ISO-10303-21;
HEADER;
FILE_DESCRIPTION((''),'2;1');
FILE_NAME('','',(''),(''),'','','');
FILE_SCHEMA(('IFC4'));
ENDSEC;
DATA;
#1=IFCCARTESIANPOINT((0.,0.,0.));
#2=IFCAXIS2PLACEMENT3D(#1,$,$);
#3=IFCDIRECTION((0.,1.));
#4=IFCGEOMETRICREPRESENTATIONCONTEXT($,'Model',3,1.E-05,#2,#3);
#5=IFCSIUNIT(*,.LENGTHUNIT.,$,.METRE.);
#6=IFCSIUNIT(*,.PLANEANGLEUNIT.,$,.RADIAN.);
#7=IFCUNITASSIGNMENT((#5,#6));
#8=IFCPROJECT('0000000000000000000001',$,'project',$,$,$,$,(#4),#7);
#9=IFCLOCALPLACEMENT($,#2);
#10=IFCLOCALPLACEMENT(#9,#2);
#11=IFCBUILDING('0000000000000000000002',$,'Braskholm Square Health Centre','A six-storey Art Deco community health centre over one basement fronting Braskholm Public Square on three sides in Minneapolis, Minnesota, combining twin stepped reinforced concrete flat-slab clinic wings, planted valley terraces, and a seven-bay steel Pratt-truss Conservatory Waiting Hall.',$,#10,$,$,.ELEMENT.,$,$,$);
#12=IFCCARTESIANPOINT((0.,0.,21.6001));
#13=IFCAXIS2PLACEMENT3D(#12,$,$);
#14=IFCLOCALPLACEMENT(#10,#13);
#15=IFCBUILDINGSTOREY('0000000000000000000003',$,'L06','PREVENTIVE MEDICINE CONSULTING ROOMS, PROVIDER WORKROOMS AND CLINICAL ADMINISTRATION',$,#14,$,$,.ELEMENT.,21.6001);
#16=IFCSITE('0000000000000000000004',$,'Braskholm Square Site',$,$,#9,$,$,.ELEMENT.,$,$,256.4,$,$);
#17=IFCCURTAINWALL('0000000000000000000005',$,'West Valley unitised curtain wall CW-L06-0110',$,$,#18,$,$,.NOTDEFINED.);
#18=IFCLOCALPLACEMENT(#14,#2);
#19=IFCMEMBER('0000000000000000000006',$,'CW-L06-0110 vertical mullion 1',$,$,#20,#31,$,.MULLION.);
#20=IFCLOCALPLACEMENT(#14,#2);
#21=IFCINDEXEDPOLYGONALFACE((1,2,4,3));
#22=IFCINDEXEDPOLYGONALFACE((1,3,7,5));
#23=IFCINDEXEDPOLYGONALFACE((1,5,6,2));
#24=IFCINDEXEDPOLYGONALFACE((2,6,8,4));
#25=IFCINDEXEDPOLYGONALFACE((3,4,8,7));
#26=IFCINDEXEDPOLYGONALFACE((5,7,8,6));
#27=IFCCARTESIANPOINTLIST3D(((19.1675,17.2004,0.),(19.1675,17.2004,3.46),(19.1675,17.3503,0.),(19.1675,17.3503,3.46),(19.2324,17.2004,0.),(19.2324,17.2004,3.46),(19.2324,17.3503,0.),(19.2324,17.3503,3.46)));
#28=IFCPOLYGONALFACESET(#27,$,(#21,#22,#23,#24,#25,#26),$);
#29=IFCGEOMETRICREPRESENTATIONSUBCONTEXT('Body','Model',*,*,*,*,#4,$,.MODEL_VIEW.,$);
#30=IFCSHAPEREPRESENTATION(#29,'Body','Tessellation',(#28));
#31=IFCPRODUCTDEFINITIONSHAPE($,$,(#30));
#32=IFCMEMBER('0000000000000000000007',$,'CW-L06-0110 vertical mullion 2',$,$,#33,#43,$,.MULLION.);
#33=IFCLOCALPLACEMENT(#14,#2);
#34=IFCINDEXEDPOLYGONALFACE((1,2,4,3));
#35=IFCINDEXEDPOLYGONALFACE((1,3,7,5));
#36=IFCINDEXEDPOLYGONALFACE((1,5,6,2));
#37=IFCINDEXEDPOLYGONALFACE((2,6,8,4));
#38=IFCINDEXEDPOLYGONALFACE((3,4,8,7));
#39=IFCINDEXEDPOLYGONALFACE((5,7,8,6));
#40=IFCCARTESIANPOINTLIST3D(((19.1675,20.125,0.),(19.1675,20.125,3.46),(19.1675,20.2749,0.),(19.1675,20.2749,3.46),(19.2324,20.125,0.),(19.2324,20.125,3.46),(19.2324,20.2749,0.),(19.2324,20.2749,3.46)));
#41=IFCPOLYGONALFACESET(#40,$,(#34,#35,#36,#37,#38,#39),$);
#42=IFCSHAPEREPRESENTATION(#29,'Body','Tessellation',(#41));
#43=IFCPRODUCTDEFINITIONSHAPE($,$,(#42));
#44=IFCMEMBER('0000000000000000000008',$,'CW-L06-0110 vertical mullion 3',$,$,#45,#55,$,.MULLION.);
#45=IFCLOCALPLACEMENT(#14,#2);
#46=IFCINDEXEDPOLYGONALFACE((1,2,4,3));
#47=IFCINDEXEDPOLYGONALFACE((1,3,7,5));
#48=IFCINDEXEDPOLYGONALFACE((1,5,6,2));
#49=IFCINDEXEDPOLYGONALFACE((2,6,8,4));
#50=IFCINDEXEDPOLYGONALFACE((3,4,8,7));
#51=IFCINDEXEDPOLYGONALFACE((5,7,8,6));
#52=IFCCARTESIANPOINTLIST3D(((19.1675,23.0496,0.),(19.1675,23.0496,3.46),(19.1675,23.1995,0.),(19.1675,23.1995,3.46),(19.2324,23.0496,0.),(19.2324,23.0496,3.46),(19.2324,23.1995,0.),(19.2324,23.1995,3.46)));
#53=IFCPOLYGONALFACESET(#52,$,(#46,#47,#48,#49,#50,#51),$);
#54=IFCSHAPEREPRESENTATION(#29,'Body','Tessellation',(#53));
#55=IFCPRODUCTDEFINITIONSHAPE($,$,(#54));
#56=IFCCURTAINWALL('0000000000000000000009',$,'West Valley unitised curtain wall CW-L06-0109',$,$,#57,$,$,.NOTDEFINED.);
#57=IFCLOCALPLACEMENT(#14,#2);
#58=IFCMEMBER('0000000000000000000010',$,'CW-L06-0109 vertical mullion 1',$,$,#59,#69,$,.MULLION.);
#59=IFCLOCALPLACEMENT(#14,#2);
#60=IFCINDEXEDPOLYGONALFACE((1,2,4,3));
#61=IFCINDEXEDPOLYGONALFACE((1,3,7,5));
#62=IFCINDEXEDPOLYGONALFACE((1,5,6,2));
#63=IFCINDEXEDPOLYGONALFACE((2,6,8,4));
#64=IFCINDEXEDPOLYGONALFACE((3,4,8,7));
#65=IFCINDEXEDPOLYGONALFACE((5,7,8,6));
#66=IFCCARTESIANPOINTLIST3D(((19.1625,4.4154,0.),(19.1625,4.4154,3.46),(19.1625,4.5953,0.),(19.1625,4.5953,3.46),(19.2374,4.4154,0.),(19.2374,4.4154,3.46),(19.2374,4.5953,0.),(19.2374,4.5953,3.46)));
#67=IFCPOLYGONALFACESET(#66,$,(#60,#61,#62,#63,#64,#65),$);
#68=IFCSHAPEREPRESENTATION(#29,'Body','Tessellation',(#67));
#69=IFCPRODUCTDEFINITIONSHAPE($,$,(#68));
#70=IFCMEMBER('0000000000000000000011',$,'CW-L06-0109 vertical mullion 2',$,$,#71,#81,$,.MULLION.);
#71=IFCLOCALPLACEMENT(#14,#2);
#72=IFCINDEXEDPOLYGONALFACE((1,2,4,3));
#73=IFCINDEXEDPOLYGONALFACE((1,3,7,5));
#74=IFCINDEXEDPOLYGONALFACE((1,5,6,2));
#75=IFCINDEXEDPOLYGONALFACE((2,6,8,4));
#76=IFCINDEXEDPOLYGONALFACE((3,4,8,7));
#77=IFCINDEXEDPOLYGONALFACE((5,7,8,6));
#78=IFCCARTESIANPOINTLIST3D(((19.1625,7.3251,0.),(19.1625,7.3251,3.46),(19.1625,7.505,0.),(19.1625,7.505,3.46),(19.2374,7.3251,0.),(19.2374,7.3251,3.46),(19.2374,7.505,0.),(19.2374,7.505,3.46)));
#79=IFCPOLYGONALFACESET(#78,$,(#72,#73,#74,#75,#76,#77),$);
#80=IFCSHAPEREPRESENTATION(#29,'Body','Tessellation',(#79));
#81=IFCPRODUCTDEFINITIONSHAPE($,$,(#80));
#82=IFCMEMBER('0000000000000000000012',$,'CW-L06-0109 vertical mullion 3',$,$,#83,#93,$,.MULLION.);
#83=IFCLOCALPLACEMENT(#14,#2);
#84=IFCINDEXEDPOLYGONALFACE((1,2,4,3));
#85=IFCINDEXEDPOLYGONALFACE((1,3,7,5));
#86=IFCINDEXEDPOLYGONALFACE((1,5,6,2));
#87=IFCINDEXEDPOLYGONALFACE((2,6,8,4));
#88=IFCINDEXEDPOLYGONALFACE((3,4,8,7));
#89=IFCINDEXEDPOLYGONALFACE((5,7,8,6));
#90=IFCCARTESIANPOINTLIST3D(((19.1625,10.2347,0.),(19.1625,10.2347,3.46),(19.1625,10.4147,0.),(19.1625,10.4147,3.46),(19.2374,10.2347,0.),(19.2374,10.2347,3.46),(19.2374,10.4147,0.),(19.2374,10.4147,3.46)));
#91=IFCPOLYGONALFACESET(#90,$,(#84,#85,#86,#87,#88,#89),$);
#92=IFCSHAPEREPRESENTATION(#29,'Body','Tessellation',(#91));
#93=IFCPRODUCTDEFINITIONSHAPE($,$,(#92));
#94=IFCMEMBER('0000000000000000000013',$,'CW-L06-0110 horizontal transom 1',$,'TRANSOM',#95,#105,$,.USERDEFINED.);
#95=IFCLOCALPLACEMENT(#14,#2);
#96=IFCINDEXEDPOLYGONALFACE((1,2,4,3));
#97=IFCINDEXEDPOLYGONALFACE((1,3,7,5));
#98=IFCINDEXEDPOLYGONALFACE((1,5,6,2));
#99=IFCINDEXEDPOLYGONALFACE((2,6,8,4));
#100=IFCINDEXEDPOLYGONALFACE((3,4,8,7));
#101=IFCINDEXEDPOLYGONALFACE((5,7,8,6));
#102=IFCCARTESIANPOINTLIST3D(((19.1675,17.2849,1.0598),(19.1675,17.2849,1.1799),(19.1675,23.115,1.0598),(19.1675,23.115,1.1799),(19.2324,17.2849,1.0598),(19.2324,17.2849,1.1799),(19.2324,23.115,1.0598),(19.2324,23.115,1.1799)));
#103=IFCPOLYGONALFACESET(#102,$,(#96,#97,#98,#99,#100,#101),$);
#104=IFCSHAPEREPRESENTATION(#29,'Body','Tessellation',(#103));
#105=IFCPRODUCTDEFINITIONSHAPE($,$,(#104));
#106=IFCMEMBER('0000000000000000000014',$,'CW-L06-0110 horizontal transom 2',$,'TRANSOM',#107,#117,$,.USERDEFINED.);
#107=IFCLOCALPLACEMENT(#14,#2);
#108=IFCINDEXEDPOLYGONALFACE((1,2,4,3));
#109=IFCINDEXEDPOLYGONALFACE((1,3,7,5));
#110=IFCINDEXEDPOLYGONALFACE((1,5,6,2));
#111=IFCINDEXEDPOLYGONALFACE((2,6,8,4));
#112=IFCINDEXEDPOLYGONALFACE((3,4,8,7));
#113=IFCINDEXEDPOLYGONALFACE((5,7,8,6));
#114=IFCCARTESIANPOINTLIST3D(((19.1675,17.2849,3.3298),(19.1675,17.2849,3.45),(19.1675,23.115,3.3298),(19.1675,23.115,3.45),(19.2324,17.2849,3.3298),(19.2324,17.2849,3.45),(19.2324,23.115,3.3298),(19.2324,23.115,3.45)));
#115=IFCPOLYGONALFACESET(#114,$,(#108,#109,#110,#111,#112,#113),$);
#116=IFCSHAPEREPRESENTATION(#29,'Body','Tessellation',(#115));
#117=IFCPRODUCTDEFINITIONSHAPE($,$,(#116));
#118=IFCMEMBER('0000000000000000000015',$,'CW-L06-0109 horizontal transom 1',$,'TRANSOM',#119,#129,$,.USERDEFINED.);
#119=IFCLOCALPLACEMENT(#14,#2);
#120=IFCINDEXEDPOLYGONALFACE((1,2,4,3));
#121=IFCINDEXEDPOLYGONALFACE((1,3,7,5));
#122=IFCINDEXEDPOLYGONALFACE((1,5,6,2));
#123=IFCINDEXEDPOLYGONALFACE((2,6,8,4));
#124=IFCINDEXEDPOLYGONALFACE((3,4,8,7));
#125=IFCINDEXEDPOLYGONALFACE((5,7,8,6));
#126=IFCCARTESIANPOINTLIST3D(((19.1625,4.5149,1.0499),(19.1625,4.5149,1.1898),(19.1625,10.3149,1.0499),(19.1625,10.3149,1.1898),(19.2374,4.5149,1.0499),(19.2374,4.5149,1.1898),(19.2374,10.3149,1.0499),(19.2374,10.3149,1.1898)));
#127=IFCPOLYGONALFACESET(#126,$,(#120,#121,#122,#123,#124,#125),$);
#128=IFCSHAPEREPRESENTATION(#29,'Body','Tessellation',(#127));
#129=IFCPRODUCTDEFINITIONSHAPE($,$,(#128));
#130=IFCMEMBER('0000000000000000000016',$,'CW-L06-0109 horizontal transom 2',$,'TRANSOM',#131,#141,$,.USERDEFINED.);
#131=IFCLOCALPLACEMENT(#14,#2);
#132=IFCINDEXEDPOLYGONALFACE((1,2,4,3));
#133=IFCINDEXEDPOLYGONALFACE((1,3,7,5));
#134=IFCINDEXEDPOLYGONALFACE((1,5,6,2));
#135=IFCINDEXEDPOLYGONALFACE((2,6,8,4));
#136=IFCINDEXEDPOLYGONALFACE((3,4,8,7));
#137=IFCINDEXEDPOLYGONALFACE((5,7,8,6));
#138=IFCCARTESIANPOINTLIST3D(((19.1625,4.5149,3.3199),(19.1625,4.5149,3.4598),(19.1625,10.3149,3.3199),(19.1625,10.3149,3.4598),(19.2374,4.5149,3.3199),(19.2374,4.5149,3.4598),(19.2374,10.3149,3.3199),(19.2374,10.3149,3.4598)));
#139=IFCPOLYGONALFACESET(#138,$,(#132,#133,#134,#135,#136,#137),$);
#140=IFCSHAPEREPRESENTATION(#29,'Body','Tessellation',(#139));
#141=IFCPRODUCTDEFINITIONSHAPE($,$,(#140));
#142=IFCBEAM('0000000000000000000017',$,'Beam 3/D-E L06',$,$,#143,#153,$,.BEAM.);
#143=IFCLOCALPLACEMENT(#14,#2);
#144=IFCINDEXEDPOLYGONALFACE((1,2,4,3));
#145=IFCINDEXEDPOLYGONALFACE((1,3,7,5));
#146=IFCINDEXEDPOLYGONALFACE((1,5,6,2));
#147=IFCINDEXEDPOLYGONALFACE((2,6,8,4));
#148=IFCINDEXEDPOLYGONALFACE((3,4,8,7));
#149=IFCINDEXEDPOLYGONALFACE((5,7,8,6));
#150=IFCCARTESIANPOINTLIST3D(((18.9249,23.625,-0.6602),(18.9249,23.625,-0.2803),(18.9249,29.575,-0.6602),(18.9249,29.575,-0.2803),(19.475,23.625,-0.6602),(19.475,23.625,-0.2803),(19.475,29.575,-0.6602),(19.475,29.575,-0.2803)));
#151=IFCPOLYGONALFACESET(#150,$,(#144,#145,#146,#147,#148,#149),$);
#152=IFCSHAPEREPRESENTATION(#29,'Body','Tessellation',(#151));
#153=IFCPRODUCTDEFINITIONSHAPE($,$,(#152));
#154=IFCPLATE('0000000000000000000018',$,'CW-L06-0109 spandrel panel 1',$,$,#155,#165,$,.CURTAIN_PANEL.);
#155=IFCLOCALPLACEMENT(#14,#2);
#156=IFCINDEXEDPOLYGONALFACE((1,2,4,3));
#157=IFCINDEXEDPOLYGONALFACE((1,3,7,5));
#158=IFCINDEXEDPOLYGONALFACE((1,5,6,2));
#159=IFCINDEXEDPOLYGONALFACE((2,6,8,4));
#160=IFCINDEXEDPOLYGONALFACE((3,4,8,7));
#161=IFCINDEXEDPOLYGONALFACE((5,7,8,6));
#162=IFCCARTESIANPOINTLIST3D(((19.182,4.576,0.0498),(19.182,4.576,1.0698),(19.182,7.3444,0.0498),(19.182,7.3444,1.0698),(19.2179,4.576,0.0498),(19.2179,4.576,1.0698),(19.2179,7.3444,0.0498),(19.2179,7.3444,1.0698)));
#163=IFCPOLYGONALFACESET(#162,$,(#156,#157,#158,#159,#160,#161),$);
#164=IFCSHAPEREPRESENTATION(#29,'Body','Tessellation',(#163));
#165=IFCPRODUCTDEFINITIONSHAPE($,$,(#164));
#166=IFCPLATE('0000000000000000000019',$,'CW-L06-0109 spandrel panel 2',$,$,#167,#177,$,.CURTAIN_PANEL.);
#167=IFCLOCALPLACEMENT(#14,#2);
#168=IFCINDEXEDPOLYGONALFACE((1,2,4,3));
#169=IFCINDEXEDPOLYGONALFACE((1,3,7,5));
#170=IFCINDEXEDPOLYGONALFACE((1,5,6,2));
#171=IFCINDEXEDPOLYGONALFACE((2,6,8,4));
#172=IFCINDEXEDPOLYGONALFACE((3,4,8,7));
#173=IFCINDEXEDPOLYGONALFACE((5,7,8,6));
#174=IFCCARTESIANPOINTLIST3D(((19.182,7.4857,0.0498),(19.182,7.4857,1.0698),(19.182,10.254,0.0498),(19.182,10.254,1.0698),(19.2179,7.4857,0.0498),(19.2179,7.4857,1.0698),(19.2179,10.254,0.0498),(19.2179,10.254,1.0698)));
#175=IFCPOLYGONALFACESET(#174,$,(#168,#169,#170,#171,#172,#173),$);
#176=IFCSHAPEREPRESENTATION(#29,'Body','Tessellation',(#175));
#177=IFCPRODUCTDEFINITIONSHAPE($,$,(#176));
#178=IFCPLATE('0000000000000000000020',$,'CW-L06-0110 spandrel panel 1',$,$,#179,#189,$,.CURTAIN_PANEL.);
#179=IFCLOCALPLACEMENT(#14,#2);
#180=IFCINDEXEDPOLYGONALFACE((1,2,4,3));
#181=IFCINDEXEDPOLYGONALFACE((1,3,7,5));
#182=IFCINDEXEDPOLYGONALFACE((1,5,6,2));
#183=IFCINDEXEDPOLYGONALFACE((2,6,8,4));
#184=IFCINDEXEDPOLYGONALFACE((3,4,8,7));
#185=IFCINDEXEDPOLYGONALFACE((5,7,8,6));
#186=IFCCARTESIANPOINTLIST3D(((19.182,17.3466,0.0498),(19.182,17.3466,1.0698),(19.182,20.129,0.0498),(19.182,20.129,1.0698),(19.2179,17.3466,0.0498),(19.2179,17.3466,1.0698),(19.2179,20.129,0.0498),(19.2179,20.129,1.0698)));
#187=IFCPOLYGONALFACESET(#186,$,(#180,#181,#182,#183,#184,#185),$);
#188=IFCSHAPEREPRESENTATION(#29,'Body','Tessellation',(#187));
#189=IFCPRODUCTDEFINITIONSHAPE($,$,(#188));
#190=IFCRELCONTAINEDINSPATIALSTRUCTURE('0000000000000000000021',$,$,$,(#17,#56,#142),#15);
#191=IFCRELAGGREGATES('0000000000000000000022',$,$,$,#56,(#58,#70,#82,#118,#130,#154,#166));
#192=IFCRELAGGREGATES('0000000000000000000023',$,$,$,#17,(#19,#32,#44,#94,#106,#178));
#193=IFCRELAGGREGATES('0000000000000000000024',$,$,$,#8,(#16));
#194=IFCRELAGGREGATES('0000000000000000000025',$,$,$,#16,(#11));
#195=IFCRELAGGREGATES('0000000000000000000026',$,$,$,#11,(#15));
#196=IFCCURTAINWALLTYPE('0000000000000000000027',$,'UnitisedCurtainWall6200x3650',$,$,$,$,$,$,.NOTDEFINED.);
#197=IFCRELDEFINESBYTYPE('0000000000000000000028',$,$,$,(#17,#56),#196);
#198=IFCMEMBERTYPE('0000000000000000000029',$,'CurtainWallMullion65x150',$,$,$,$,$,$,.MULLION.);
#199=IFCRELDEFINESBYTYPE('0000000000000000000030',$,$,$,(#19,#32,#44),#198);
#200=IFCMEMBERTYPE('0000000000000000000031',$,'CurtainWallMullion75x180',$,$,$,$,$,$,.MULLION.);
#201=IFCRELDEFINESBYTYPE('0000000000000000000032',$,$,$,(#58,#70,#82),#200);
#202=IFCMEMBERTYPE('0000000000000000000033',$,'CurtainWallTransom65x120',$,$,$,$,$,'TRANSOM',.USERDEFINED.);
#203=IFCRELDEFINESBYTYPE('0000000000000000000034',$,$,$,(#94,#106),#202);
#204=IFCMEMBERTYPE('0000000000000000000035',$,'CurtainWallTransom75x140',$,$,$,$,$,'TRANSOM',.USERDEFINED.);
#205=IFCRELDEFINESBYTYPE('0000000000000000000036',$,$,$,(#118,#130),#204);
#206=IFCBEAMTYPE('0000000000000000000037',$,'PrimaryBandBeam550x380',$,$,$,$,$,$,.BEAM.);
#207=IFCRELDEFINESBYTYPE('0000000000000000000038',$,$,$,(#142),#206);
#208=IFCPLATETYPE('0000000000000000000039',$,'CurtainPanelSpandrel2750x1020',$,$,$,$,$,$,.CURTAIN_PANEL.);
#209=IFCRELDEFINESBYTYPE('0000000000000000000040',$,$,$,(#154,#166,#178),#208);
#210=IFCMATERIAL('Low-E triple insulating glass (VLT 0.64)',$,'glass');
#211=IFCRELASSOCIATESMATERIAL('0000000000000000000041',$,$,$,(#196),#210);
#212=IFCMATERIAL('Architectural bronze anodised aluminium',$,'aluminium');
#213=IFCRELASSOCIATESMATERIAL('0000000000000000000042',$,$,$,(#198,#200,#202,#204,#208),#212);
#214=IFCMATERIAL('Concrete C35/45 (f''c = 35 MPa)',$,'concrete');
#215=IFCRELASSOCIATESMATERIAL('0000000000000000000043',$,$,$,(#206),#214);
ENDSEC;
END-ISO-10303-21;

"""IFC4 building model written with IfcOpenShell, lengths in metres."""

from ifc_helpers import new_model, si_unit, direction, frame, origin, origin_2d, place, context, subcontext, project, spatial, rectangle, extrude, material, material_profile, profile_set, type_object, element, aggregate, save


model = new_model("IFC4")

# Units and contexts
model_context = context("Model", 3, precision=1e-05, world=origin(), true_north=direction((0.0, 1.0)))
body_context = subcontext(model_context, "Body", "Model", "MODEL_VIEW")
ifc_project = project(units=[si_unit("LENGTHUNIT", "METRE"), si_unit("PLANEANGLEUNIT", "RADIAN")], contexts=[model_context])

# Site, building, storey
site_placement = place(None, origin())
site = spatial("IfcSite", under=ifc_project, at=site_placement, Name="Braskholm Square Site", CompositionType="ELEMENT", RefElevation=256.4)
building_placement = place(site_placement, origin())
building = spatial("IfcBuilding", under=site, at=building_placement, Name="Braskholm Square Health Centre", Description="A six-storey Art Deco community health centre over one basement fronting Braskholm Public Square on three sides in Minneapolis, Minnesota, combining twin stepped reinforced concrete flat-slab clinic wings, planted valley terraces, and a seven-bay steel Pratt-truss Conservatory Waiting Hall.", CompositionType="ELEMENT")
storey_placement = place(building_placement, frame((0.0, 0.0, 21.6001)))
storey = spatial("IfcBuildingStorey", under=building, at=storey_placement, Name="L06", Description="PREVENTIVE MEDICINE CONSULTING ROOMS, PROVIDER WORKROOMS AND CLINICAL ADMINISTRATION", CompositionType="ELEMENT", Elevation=21.6001)

# Curtain walls, members
ifc_material_1 = material(Name="Low-E triple insulating glass (VLT 0.64)", Category="glass")
curtain_wall_type = type_object("IfcCurtainWallType", Name="UnitisedCurtainWall6200x3650", PredefinedType="NOTDEFINED", material=ifc_material_1)
curtain_wall_1_placement = place(storey_placement, origin())
curtain_wall_1 = element("IfcCurtainWall", 1, at=curtain_wall_1_placement, inside=storey, type_object=curtain_wall_type, Name="West Valley unitised curtain wall CW-L06-0110", PredefinedType="NOTDEFINED")
ifc_material_2 = material(Name="Architectural bronze anodised aluminium", Category="aluminium")
ifc_material_profile_1 = material_profile(ifc_material_2, rectangle(XDim=0.0649, YDim=0.1499, at=origin_2d()), Name="ALU-65X150")
ifc_profile_set_1 = profile_set([ifc_material_profile_1], Name="Architectural bronze anodised aluminium")
member_type_1 = type_object("IfcMemberType", Name="CurtainWallMullion65x150", PredefinedType="MULLION", material=ifc_profile_set_1)
member_1_placement = place(storey_placement, frame((19.2, 17.2754, 0.0), z_axis=(0.0, 0.0, 1.0), x_axis=(1.0, 0.0, 0.0)))
member_1 = element("IfcMember", 2, at=member_1_placement, type_object=member_type_1, Name="CW-L06-0110 vertical mullion 1", PredefinedType="MULLION", context=body_context, shape_type="SweptSolid", body=[
    extrude(rectangle(XDim=0.0649, YDim=0.1499, at=origin_2d()), origin(), (0.0, 0.0, 1.0), 3.46),
])
member_2_placement = place(storey_placement, frame((19.2, 20.2, 0.0), z_axis=(0.0, 0.0, 1.0), x_axis=(1.0, 0.0, 0.0)))
member_2 = element("IfcMember", 3, at=member_2_placement, type_object=member_type_1, Name="CW-L06-0110 vertical mullion 2", PredefinedType="MULLION", context=body_context, shape_type="SweptSolid", body=[
    extrude(rectangle(XDim=0.0649, YDim=0.1499, at=origin_2d()), origin(), (0.0, 0.0, 1.0), 3.46),
])
member_3_placement = place(storey_placement, frame((19.2, 23.1245, 0.0), z_axis=(0.0, 0.0, 1.0), x_axis=(1.0, 0.0, 0.0)))
member_3 = element("IfcMember", 4, at=member_3_placement, type_object=member_type_1, Name="CW-L06-0110 vertical mullion 3", PredefinedType="MULLION", context=body_context, shape_type="SweptSolid", body=[
    extrude(rectangle(XDim=0.0649, YDim=0.1499, at=origin_2d()), origin(), (0.0, 0.0, 1.0), 3.46),
])
curtain_wall_2_placement = place(storey_placement, origin())
curtain_wall_2 = element("IfcCurtainWall", 5, at=curtain_wall_2_placement, inside=storey, type_object=curtain_wall_type, Name="West Valley unitised curtain wall CW-L06-0109", PredefinedType="NOTDEFINED")
ifc_material_profile_2 = material_profile(ifc_material_2, rectangle(XDim=0.075, YDim=0.1799, at=origin_2d()), Name="ALU-75X180")
ifc_profile_set_2 = profile_set([ifc_material_profile_2], Name="Architectural bronze anodised aluminium")
member_type_2 = type_object("IfcMemberType", Name="CurtainWallMullion75x180", PredefinedType="MULLION", material=ifc_profile_set_2)
member_4_placement = place(storey_placement, frame((19.2, 4.5054, 0.0), z_axis=(0.0, 0.0, 1.0), x_axis=(1.0, 0.0, 0.0)))
member_4 = element("IfcMember", 6, at=member_4_placement, type_object=member_type_2, Name="CW-L06-0109 vertical mullion 1", PredefinedType="MULLION", context=body_context, shape_type="SweptSolid", body=[
    extrude(rectangle(XDim=0.075, YDim=0.1799, at=origin_2d()), origin(), (0.0, 0.0, 1.0), 3.46),
])
member_5_placement = place(storey_placement, frame((19.2, 7.415, 0.0), z_axis=(0.0, 0.0, 1.0), x_axis=(1.0, 0.0, 0.0)))
member_5 = element("IfcMember", 7, at=member_5_placement, type_object=member_type_2, Name="CW-L06-0109 vertical mullion 2", PredefinedType="MULLION", context=body_context, shape_type="SweptSolid", body=[
    extrude(rectangle(XDim=0.075, YDim=0.1799, at=origin_2d()), origin(), (0.0, 0.0, 1.0), 3.46),
])
member_6_placement = place(storey_placement, frame((19.2, 10.3247, 0.0), z_axis=(0.0, 0.0, 1.0), x_axis=(1.0, 0.0, 0.0)))
member_6 = element("IfcMember", 8, at=member_6_placement, type_object=member_type_2, Name="CW-L06-0109 vertical mullion 3", PredefinedType="MULLION", context=body_context, shape_type="SweptSolid", body=[
    extrude(rectangle(XDim=0.075, YDim=0.1799, at=origin_2d()), origin(), (0.0, 0.0, 1.0), 3.46),
])

# Members
ifc_material_profile_3 = material_profile(ifc_material_2, rectangle(XDim=0.0649, YDim=0.1201, at=origin_2d()), Name="ALU-65X120")
ifc_profile_set_3 = profile_set([ifc_material_profile_3], Name="Architectural bronze anodised aluminium")
member_type_3 = type_object("IfcMemberType", Name="CurtainWallTransom65x120", ElementType="TRANSOM", PredefinedType="USERDEFINED", material=ifc_profile_set_3)
member_7_placement = place(storey_placement, frame((19.2, 17.2849, 1.1199), z_axis=(0.0, 1.0, 0.0), x_axis=(-1.0, 0.0, 0.0)))
member_7 = element("IfcMember", 9, at=member_7_placement, type_object=member_type_3, Name="CW-L06-0110 horizontal transom 1", ObjectType="TRANSOM", PredefinedType="USERDEFINED", context=body_context, shape_type="SweptSolid", body=[
    extrude(rectangle(XDim=0.0649, YDim=0.1201, at=origin_2d()), origin(), (0.0, 0.0, 1.0), 5.8301),
])
member_8_placement = place(storey_placement, frame((19.2, 17.2849, 3.3899), z_axis=(0.0, 1.0, 0.0), x_axis=(-1.0, 0.0, 0.0)))
member_8 = element("IfcMember", 10, at=member_8_placement, type_object=member_type_3, Name="CW-L06-0110 horizontal transom 2", ObjectType="TRANSOM", PredefinedType="USERDEFINED", context=body_context, shape_type="SweptSolid", body=[
    extrude(rectangle(XDim=0.0649, YDim=0.1201, at=origin_2d()), origin(), (0.0, 0.0, 1.0), 5.8301),
])
ifc_material_profile_4 = material_profile(ifc_material_2, rectangle(XDim=0.075, YDim=0.1399, at=origin_2d()), Name="ALU-75X140")
ifc_profile_set_4 = profile_set([ifc_material_profile_4], Name="Architectural bronze anodised aluminium")
member_type_4 = type_object("IfcMemberType", Name="CurtainWallTransom75x140", ElementType="TRANSOM", PredefinedType="USERDEFINED", material=ifc_profile_set_4)
member_9_placement = place(storey_placement, frame((19.2, 4.5149, 1.1199), z_axis=(0.0, 1.0, 0.0), x_axis=(-1.0, 0.0, 0.0)))
member_9 = element("IfcMember", 11, at=member_9_placement, type_object=member_type_4, Name="CW-L06-0109 horizontal transom 1", ObjectType="TRANSOM", PredefinedType="USERDEFINED", context=body_context, shape_type="SweptSolid", body=[
    extrude(rectangle(XDim=0.075, YDim=0.1399, at=origin_2d()), origin(), (0.0, 0.0, 1.0), 5.8),
])
member_10_placement = place(storey_placement, frame((19.2, 4.5149, 3.3899), z_axis=(0.0, 1.0, 0.0), x_axis=(-1.0, 0.0, 0.0)))
member_10 = element("IfcMember", 12, at=member_10_placement, type_object=member_type_4, Name="CW-L06-0109 horizontal transom 2", ObjectType="TRANSOM", PredefinedType="USERDEFINED", context=body_context, shape_type="SweptSolid", body=[
    extrude(rectangle(XDim=0.075, YDim=0.1399, at=origin_2d()), origin(), (0.0, 0.0, 1.0), 5.8),
])

# Beam
ifc_material_3 = material(Name="Concrete C35/45 (f'c = 35 MPa)", Category="concrete")
ifc_material_profile_5 = material_profile(ifc_material_3, rectangle(XDim=0.55, YDim=0.3799, at=origin_2d()), Name="RCB-550X380")
ifc_profile_set_5 = profile_set([ifc_material_profile_5], Name="Concrete C35/45 (f'c = 35 MPa)")
beam_type = type_object("IfcBeamType", Name="PrimaryBandBeam550x380", PredefinedType="BEAM", material=ifc_profile_set_5)
beam_placement = place(storey_placement, frame((19.2, 23.625, -0.4702), z_axis=(0.0, 1.0, 0.0), x_axis=(-1.0, 0.0, 0.0)))
element("IfcBeam", 13, at=beam_placement, inside=storey, type_object=beam_type, Name="Beam 3/D-E L06", PredefinedType="BEAM", context=body_context, shape_type="SweptSolid", body=[
    extrude(rectangle(XDim=0.55, YDim=0.3799, at=origin_2d()), origin(), (0.0, 0.0, 1.0), 5.95),
])

# Plates
plate_type_1 = type_object("IfcPlateType", Name="CurtainPanelSpandrel2750x1020", PredefinedType="CURTAIN_PANEL", material=ifc_material_2)
plate_1_placement = place(storey_placement, frame((19.2, 5.9602, 0.0498), z_axis=(0.0, 0.0, 1.0), x_axis=(0.0, 1.0, 0.0)))
plate_1 = element("IfcPlate", 14, at=plate_1_placement, type_object=plate_type_1, Name="CW-L06-0109 spandrel panel 1", PredefinedType="CURTAIN_PANEL", context=body_context, shape_type="SweptSolid", body=[
    extrude(rectangle(XDim=2.7683, YDim=0.0359, at=origin_2d()), origin(), (0.0, 0.0, 1.0), 1.02),
])
plate_2_placement = place(storey_placement, frame((19.2, 8.8699, 0.0498), z_axis=(0.0, 0.0, 1.0), x_axis=(0.0, 1.0, 0.0)))
plate_2 = element("IfcPlate", 15, at=plate_2_placement, type_object=plate_type_1, Name="CW-L06-0109 spandrel panel 2", PredefinedType="CURTAIN_PANEL", context=body_context, shape_type="SweptSolid", body=[
    extrude(rectangle(XDim=2.7683, YDim=0.0359, at=origin_2d()), origin(), (0.0, 0.0, 1.0), 1.02),
])
plate_3_placement = place(storey_placement, frame((19.2, 18.7378, 0.0498), z_axis=(0.0, 0.0, 1.0), x_axis=(0.0, 1.0, 0.0)))
plate_3 = element("IfcPlate", 16, at=plate_3_placement, type_object=plate_type_1, Name="CW-L06-0110 spandrel panel 1", PredefinedType="CURTAIN_PANEL", context=body_context, shape_type="SweptSolid", body=[
    extrude(rectangle(XDim=2.7825, YDim=0.0359, at=origin_2d()), origin(), (0.0, 0.0, 1.0), 1.02),
])
aggregate(curtain_wall_2, [member_4, member_5, member_6, member_9, member_10, plate_1, plate_2])
aggregate(curtain_wall_1, [member_1, member_2, member_3, member_7, member_8, plate_3])

save(model, "model.ifc")
